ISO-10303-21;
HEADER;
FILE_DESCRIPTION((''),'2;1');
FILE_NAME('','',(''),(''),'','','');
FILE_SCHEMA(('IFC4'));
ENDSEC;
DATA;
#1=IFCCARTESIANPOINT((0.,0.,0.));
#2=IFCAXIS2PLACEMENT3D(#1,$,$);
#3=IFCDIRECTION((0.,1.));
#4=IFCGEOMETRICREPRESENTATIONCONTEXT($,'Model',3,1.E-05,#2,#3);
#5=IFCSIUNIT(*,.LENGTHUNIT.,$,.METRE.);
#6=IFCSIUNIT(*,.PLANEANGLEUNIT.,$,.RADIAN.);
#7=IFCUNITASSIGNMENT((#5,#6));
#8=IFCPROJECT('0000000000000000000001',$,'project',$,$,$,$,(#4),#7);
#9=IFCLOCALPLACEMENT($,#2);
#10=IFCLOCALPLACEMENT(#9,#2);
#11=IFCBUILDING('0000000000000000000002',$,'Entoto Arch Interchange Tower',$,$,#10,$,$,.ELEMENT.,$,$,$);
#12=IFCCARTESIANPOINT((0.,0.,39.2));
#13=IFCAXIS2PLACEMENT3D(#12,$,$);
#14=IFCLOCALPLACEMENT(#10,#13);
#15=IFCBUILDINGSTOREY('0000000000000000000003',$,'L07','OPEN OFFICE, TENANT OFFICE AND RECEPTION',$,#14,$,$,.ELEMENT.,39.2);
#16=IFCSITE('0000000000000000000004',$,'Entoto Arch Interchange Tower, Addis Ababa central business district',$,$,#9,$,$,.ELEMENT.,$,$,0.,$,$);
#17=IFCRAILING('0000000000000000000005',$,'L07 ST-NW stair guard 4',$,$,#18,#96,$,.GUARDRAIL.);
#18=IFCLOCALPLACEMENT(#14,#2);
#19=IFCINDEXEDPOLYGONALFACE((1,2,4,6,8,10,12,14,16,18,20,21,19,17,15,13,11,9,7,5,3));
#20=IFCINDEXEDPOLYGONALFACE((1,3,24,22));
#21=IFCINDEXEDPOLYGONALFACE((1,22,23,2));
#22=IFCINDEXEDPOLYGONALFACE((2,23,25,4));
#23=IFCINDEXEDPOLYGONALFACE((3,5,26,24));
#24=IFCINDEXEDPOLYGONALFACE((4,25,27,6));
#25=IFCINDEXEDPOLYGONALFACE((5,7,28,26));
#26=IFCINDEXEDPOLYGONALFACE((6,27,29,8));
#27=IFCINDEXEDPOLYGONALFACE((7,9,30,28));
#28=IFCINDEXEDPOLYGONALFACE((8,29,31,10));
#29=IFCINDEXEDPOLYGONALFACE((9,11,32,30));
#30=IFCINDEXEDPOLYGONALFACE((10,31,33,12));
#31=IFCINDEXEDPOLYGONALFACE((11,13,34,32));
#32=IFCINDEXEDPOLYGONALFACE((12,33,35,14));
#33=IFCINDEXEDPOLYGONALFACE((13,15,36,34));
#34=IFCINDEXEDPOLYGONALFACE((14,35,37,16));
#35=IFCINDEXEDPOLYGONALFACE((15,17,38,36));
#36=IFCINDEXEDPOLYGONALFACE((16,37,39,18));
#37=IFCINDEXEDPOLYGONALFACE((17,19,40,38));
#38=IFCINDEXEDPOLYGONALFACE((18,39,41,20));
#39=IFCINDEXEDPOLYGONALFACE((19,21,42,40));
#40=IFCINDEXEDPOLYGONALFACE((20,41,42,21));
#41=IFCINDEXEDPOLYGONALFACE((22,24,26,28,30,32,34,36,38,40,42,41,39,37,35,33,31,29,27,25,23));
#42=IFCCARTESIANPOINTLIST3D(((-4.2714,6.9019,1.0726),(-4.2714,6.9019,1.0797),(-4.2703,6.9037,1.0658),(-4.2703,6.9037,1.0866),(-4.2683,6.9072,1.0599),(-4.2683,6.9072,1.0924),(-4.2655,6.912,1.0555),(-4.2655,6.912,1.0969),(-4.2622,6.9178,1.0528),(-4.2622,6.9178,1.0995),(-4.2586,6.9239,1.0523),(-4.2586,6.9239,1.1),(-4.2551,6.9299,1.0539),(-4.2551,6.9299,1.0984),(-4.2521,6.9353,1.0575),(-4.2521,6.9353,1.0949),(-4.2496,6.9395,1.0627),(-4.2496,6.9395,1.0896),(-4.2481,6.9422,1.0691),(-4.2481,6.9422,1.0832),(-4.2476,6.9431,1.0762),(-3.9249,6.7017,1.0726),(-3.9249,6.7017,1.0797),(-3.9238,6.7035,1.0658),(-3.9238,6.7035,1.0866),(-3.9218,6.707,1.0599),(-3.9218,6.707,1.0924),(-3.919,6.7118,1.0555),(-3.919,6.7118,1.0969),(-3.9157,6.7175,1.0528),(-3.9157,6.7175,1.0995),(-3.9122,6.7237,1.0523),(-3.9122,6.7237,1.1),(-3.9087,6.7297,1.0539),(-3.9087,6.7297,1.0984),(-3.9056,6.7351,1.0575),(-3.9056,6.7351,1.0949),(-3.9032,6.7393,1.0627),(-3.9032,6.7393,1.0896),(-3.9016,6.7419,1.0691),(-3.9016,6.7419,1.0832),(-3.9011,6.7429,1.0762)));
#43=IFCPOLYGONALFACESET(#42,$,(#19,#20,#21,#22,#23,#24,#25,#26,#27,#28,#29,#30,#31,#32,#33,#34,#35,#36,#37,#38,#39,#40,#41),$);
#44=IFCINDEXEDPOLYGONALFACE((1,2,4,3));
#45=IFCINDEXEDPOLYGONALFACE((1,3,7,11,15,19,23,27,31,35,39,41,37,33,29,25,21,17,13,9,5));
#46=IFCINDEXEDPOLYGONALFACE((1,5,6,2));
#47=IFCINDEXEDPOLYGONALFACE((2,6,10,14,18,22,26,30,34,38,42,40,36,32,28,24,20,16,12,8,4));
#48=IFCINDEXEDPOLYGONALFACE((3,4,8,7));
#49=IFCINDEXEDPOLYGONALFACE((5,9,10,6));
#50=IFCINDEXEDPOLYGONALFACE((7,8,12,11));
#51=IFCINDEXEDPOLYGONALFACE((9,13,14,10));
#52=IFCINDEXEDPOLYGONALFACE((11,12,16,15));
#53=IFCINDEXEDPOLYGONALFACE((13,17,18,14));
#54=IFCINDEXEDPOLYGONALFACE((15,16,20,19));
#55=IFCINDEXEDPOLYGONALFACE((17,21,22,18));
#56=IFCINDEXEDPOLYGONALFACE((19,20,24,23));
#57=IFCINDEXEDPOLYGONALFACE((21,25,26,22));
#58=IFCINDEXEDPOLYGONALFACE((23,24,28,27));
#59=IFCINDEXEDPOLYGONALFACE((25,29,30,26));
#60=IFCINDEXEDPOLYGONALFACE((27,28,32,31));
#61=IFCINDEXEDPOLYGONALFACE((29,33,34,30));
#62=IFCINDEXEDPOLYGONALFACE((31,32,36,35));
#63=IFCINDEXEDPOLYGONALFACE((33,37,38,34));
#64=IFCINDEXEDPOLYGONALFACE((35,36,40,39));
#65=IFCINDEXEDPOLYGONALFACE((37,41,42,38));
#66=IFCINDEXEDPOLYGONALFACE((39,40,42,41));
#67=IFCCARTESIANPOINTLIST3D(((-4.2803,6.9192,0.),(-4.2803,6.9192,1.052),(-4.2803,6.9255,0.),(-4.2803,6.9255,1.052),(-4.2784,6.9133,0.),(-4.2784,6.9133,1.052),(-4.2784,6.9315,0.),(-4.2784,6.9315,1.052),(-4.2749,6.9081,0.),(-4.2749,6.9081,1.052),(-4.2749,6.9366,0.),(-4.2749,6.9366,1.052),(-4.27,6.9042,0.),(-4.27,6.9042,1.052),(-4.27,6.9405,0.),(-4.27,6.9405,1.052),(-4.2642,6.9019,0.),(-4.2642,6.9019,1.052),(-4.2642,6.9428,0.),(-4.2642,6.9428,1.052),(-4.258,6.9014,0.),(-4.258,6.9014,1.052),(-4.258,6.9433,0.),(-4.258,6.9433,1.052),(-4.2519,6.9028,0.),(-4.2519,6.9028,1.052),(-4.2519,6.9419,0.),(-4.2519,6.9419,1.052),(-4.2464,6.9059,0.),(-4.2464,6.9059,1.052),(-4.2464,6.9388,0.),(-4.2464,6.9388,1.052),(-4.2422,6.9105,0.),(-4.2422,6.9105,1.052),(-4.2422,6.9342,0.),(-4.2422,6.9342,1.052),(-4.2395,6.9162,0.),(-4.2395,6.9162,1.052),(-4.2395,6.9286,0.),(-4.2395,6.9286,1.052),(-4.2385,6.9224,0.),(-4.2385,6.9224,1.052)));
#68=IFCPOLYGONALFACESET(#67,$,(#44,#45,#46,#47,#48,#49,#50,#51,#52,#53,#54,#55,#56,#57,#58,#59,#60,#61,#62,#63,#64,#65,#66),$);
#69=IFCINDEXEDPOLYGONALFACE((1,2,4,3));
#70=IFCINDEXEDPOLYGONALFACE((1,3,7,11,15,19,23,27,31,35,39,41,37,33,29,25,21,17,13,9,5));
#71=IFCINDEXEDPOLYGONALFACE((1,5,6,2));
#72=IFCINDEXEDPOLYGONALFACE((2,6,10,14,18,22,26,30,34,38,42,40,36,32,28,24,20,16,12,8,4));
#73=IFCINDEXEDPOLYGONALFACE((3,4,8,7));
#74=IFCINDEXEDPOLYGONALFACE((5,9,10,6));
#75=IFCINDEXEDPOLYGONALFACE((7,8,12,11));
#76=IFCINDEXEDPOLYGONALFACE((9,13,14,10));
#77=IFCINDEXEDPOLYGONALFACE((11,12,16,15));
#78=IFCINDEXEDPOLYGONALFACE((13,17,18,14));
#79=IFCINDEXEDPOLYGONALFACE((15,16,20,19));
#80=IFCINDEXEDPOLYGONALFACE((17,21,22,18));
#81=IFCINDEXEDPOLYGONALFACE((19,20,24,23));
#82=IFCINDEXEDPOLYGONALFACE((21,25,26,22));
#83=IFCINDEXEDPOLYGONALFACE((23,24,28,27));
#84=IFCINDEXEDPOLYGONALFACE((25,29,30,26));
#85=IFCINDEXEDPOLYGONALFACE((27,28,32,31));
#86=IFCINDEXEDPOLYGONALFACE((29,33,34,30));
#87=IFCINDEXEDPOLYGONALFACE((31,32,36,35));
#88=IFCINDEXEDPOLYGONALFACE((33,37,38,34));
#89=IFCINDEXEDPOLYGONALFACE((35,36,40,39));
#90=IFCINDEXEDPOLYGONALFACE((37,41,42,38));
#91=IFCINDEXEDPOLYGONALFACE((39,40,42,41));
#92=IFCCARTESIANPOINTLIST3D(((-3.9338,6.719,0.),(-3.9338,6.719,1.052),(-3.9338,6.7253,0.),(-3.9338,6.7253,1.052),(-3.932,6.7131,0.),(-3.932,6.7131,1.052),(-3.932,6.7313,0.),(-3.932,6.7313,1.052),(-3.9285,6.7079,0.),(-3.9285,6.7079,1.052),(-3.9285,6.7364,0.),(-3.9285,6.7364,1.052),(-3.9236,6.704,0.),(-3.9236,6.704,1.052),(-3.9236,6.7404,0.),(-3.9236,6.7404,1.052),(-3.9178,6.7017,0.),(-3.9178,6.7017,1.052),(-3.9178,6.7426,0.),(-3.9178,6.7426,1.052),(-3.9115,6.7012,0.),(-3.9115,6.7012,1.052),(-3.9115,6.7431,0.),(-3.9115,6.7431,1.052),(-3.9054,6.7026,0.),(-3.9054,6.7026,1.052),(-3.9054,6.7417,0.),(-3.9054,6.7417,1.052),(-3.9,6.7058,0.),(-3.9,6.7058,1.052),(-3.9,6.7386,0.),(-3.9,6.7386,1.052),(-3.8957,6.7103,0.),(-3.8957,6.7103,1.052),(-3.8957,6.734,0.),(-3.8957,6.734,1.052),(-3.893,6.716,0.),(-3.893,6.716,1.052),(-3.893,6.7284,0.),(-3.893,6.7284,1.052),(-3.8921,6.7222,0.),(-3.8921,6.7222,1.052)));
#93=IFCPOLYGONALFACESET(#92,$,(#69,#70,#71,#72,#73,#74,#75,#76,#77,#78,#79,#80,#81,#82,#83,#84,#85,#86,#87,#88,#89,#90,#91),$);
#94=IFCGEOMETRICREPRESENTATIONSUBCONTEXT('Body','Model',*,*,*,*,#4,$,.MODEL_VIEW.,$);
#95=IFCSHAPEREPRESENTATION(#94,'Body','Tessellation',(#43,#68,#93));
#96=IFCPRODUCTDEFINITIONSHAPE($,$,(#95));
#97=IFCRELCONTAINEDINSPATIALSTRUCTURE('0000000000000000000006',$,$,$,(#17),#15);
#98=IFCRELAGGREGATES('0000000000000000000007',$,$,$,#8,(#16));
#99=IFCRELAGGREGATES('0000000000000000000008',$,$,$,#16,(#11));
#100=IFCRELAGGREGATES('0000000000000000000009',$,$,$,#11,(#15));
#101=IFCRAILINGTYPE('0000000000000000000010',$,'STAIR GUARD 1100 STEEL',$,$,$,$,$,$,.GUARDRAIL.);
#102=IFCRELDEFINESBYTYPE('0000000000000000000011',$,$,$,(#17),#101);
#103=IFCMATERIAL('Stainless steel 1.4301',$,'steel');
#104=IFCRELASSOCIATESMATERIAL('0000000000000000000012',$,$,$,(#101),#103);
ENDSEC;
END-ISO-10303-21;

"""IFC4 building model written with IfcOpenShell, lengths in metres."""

from ifc_helpers import new_model, si_unit, direction, frame, origin, origin_2d, place, context, subcontext, project, spatial, circle, extrude, material, type_object, element, save


model = new_model("IFC4")

# Units and contexts
model_context = context("Model", 3, precision=1e-05, world=origin(), true_north=direction((0.0, 1.0)))
body_context = subcontext(model_context, "Body", "Model", "MODEL_VIEW")
ifc_project = project(units=[si_unit("LENGTHUNIT", "METRE"), si_unit("PLANEANGLEUNIT", "RADIAN")], contexts=[model_context])

# Site, building, storey
site_placement = place(None, origin())
site = spatial("IfcSite", under=ifc_project, at=site_placement, Name="Entoto Arch Interchange Tower, Addis Ababa central business district", CompositionType="ELEMENT", RefElevation=0.0)
building_placement = place(site_placement, origin())
building = spatial("IfcBuilding", under=site, at=building_placement, Name="Entoto Arch Interchange Tower", CompositionType="ELEMENT")
storey_placement = place(building_placement, frame((0.0, 0.0, 39.2)))
storey = spatial("IfcBuildingStorey", under=building, at=storey_placement, Name="L07", Description="OPEN OFFICE, TENANT OFFICE AND RECEPTION", CompositionType="ELEMENT", Elevation=39.2)

# Railing
ifc_material_1 = material(Name="Stainless steel 1.4301", Category="steel")
railing_type_1 = type_object("IfcRailingType", Name="STAIR GUARD 1100 STEEL", PredefinedType="GUARDRAIL", material=ifc_material_1)
railing_1_placement = place(storey_placement, frame((-4.2595, 6.9224, 0.0)))
element("IfcRailing", 1, at=railing_1_placement, inside=storey, type_object=railing_type_1, Name="L07 ST-NW stair guard 4", PredefinedType="GUARDRAIL", context=body_context, shape_type="SweptSolid", body=[
    extrude(circle(Radius=0.0239, at=origin_2d()), frame((0.0, 0.0, 1.0762), z_axis=(0.86583, -0.500339, 0.0), x_axis=(0.500339, 0.86583, 0.0)), (0.0, 0.0, 1.0), 0.4001),
    extrude(circle(Radius=0.021, at=origin_2d()), origin(), (0.0, 0.0, 1.0), 1.052),
    extrude(circle(Radius=0.021, at=origin_2d()), frame((0.3464, -0.2002, 0.0)), (0.0, 0.0, 1.0), 1.052),
])

save(model, "model.ifc")
